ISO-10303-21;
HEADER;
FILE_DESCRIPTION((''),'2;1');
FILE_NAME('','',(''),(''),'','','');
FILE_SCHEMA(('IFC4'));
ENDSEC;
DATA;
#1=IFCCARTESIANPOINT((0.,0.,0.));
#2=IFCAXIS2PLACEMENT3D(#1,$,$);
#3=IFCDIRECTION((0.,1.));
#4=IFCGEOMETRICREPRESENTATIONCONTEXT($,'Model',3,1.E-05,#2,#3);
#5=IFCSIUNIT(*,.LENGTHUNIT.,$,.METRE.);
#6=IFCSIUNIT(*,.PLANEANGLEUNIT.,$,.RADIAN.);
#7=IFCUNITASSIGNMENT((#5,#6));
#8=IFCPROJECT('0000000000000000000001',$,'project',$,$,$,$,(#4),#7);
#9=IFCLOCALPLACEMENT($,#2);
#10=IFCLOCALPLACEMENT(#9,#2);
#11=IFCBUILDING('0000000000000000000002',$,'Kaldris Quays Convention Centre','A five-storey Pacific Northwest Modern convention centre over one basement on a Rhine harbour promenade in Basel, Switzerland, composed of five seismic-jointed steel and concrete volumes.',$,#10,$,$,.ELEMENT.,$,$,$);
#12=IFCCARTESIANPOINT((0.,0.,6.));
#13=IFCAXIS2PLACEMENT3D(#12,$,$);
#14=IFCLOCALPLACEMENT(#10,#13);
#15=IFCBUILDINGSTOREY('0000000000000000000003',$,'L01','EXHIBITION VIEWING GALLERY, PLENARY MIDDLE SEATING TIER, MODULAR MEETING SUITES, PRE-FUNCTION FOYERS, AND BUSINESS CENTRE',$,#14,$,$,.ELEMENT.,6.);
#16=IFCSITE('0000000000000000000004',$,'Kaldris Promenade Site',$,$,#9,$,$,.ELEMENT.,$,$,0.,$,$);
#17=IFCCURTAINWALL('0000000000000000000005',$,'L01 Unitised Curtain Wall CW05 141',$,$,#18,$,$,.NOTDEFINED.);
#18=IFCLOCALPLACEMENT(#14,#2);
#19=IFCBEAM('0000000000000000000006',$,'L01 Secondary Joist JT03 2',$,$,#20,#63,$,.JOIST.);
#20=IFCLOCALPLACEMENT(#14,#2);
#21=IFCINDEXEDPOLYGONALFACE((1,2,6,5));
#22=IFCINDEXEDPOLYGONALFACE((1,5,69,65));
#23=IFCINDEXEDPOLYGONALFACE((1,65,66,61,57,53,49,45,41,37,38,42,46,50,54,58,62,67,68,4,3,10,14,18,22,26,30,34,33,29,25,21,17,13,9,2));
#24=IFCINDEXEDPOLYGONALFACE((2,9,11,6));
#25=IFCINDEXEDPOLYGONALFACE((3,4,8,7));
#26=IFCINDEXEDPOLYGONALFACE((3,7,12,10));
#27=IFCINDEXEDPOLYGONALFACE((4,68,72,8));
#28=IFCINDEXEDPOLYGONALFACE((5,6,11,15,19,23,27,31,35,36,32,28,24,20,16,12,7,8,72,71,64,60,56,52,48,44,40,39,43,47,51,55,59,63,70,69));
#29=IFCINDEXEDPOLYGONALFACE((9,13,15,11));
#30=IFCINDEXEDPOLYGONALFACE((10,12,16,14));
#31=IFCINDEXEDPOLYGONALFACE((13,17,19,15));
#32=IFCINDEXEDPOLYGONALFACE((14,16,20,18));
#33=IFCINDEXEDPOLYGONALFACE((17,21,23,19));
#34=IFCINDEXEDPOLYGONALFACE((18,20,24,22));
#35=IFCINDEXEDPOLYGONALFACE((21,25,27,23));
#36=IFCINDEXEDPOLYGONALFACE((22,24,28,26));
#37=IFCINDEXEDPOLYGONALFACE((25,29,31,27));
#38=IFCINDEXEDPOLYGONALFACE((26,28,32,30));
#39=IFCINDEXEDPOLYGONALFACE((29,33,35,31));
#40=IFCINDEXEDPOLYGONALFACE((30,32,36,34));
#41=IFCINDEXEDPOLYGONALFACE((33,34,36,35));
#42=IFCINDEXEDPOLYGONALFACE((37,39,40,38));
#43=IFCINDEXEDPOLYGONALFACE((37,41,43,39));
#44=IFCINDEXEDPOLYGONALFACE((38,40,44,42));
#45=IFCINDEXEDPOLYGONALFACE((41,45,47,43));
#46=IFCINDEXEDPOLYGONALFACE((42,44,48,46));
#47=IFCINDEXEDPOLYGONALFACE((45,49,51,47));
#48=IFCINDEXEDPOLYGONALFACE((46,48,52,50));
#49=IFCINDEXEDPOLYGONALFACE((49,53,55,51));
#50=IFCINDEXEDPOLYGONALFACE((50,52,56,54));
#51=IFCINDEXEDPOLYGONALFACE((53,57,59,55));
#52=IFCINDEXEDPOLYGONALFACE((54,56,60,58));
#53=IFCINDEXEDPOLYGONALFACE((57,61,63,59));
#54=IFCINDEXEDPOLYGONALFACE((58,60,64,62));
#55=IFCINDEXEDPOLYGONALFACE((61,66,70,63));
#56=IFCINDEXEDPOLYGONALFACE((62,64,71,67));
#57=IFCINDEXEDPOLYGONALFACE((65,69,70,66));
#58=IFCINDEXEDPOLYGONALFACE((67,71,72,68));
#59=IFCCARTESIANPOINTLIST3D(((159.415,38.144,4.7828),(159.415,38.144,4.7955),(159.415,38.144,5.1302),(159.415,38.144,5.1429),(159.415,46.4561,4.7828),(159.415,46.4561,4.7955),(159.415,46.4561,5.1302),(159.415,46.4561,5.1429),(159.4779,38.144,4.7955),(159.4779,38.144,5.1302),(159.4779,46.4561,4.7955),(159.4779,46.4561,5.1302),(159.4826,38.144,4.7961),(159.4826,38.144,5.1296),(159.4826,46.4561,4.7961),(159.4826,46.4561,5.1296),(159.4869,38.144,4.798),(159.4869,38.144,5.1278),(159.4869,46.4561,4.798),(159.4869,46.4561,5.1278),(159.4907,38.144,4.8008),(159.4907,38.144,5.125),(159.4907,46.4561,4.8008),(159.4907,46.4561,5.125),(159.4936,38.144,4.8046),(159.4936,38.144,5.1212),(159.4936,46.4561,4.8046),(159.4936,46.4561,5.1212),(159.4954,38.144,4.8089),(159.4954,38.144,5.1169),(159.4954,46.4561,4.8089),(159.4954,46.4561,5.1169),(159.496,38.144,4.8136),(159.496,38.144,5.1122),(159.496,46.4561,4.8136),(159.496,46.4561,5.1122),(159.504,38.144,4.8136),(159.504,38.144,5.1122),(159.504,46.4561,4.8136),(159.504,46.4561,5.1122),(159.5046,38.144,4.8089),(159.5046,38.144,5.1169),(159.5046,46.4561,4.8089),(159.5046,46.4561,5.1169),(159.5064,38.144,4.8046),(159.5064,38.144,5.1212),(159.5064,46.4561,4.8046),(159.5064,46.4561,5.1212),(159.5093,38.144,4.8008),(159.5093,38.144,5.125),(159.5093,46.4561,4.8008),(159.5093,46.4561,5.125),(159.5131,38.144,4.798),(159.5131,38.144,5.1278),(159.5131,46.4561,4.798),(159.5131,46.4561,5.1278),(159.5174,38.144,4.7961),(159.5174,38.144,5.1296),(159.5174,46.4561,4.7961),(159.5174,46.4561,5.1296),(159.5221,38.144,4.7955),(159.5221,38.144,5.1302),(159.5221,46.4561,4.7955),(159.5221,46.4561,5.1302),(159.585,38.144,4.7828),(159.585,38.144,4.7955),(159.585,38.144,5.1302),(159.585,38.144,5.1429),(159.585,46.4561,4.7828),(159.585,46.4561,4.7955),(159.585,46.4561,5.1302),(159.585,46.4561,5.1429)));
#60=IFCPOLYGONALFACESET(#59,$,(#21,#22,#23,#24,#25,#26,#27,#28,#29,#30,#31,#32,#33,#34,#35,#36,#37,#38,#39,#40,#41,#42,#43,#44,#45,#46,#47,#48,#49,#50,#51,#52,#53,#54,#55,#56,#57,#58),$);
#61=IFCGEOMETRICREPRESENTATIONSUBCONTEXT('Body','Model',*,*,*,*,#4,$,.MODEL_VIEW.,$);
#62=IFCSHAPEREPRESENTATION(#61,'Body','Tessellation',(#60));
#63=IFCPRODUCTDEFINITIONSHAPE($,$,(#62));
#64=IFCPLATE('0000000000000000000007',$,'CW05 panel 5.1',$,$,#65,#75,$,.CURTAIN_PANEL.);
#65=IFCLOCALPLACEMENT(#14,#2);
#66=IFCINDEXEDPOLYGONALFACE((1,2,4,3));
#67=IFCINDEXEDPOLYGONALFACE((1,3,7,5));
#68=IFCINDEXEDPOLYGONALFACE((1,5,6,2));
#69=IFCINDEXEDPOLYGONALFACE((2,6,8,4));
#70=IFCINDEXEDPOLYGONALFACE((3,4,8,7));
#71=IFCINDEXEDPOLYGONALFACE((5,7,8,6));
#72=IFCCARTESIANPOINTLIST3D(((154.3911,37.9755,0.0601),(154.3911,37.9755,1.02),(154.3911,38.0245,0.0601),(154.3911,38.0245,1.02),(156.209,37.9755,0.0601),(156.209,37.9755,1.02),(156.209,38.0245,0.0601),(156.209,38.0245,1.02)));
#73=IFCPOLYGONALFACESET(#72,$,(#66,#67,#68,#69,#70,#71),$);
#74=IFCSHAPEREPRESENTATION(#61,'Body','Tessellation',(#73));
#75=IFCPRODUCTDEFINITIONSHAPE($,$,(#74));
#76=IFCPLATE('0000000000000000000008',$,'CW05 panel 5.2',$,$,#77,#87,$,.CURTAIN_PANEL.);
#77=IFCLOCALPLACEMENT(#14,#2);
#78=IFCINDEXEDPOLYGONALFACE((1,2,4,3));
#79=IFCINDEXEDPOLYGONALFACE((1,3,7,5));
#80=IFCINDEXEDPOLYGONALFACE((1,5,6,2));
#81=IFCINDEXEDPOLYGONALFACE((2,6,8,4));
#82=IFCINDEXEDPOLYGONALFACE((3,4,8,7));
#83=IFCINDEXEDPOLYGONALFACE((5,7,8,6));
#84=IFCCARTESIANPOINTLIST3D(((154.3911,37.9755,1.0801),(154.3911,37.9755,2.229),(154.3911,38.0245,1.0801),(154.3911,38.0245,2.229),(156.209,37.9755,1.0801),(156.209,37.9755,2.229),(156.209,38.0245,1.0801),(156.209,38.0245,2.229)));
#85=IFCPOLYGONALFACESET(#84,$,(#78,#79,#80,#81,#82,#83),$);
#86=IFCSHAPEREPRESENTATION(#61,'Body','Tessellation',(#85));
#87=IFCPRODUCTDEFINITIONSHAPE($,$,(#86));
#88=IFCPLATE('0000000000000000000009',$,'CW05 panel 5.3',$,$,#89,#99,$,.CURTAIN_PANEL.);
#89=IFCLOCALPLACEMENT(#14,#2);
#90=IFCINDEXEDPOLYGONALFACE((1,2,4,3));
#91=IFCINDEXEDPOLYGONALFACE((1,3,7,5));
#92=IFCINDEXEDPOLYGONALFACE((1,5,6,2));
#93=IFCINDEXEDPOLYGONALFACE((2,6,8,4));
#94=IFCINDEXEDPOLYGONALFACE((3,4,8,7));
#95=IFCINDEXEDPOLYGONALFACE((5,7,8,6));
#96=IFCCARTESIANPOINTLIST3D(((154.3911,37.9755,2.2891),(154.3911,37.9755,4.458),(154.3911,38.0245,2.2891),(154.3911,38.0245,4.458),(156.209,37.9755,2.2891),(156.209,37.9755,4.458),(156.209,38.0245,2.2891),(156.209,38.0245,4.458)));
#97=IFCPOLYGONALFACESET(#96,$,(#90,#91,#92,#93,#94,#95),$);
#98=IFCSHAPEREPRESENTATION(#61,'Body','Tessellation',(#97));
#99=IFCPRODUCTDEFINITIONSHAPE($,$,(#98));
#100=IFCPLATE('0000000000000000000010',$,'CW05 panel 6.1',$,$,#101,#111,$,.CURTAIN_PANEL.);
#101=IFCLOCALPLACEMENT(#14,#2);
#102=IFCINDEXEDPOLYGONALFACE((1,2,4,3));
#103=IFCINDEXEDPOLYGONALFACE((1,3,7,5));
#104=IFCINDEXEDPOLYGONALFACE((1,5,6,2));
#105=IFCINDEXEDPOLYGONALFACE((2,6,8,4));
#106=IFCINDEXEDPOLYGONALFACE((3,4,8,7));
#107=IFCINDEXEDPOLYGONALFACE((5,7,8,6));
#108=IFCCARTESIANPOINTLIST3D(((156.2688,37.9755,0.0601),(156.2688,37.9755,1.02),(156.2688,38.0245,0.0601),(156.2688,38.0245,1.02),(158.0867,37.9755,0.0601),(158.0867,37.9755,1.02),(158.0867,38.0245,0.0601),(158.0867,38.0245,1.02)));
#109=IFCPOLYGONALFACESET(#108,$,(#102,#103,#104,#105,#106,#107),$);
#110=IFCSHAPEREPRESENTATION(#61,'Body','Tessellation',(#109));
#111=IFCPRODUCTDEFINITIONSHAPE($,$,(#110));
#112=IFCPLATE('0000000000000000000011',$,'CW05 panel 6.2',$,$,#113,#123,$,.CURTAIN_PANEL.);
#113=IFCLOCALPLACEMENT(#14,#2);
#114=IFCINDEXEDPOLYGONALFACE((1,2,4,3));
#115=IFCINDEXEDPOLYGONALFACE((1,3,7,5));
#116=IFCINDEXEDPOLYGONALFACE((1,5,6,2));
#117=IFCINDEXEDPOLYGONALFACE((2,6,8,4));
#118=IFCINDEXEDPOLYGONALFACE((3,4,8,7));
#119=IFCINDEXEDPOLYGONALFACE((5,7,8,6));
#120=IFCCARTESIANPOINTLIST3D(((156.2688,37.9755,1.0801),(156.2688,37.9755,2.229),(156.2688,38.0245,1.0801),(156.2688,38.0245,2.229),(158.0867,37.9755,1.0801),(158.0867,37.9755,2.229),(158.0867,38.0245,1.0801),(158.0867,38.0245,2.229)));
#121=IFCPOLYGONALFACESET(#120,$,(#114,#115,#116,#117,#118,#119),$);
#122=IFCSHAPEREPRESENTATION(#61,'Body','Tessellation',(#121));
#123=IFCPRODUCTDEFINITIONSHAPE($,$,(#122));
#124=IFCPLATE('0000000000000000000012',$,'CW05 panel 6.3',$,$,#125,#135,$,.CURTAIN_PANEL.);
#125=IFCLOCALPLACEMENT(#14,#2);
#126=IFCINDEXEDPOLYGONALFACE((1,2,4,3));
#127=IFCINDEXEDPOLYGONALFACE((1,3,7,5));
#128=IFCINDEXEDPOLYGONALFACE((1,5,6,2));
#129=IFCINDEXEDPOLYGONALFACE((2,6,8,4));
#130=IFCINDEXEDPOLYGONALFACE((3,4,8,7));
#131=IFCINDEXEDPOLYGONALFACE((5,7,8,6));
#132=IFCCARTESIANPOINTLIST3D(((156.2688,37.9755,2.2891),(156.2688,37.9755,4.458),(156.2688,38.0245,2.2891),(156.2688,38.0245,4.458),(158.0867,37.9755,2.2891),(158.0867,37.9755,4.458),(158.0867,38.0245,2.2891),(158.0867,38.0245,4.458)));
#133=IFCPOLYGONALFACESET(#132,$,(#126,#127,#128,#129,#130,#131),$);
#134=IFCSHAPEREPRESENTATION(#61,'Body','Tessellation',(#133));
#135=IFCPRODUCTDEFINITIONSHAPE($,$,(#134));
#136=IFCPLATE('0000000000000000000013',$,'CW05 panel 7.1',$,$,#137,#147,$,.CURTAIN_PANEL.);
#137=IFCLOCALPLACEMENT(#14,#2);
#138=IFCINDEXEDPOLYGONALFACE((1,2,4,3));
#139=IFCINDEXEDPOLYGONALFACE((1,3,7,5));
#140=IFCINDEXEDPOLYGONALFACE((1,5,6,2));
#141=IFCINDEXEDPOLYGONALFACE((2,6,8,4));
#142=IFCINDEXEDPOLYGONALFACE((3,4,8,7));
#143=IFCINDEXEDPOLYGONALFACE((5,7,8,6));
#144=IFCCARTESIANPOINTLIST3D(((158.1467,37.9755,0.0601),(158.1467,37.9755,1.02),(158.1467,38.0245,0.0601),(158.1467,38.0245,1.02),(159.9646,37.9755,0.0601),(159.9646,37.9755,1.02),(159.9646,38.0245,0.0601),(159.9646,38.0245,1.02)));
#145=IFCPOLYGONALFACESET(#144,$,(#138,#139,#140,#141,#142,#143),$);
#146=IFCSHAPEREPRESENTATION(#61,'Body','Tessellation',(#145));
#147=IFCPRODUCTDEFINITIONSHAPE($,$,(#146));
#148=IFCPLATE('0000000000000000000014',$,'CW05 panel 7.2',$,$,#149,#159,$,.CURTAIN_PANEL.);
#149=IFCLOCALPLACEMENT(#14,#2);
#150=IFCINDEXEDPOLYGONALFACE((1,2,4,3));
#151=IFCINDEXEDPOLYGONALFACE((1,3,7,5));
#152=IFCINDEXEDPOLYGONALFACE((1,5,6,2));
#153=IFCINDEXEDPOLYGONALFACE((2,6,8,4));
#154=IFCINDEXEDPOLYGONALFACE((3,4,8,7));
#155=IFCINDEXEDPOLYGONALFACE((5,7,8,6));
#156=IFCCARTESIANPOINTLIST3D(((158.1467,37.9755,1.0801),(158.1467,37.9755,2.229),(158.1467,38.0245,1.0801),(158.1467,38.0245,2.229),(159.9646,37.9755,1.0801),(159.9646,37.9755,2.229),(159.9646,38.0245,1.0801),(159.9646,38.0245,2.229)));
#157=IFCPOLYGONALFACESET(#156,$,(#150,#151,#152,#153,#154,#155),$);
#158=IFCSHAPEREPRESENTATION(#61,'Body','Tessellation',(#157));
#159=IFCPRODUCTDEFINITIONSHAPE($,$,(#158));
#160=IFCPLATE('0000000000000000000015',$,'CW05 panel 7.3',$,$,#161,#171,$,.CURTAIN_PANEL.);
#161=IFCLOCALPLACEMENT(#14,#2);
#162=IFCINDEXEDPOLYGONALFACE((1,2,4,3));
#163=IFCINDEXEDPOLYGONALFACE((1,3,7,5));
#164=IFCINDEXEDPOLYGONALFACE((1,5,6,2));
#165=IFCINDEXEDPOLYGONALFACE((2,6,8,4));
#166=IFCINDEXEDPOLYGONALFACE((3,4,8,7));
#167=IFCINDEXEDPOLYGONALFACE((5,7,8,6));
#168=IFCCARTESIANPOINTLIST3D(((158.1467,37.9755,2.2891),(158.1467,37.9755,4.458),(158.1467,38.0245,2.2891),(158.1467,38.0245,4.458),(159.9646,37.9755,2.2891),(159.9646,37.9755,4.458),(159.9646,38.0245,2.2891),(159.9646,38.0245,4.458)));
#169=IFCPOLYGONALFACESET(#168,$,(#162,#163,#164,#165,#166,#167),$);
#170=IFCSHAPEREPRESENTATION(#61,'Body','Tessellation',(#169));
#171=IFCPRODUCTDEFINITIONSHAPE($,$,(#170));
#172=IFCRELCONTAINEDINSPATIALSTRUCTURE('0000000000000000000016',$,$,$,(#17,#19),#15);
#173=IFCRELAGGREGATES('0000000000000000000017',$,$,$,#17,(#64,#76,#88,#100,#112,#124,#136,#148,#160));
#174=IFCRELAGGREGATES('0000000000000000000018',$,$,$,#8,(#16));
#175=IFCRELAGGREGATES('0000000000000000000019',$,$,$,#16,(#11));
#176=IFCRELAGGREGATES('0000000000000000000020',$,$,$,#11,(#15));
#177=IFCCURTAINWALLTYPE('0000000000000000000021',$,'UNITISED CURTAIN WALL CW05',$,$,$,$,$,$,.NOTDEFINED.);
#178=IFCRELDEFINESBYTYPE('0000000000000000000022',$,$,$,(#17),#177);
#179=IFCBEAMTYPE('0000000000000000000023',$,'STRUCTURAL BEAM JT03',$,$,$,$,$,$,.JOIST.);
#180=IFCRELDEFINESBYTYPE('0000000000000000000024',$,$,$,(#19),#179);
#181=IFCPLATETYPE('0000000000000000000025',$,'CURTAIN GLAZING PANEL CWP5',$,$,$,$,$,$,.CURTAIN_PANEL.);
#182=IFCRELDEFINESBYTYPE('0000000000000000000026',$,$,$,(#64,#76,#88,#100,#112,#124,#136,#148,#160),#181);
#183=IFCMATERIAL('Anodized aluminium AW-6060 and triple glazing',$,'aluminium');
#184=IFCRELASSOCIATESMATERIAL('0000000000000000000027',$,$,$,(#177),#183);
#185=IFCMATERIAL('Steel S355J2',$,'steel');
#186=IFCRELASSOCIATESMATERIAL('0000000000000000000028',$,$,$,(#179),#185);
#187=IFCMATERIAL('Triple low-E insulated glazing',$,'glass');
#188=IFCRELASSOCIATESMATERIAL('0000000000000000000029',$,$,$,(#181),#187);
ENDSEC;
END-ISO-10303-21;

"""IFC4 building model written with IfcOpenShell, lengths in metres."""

from ifc_helpers import new_model, si_unit, direction, frame, origin, origin_2d, place, context, subcontext, project, spatial, rectangle, i_section, extrude, material, material_profile, profile_set, type_object, element, aggregate, save


model = new_model("IFC4")

# Units and contexts
model_context = context("Model", 3, precision=1e-05, world=origin(), true_north=direction((0.0, 1.0)))
body_context = subcontext(model_context, "Body", "Model", "MODEL_VIEW")
ifc_project = project(units=[si_unit("LENGTHUNIT", "METRE"), si_unit("PLANEANGLEUNIT", "RADIAN")], contexts=[model_context])

# Site, building, storey
site_placement = place(None, origin())
site = spatial("IfcSite", under=ifc_project, at=site_placement, Name="Kaldris Promenade Site", CompositionType="ELEMENT", RefElevation=0.0)
building_placement = place(site_placement, origin())
building = spatial("IfcBuilding", under=site, at=building_placement, Name="Kaldris Quays Convention Centre", Description="A five-storey Pacific Northwest Modern convention centre over one basement on a Rhine harbour promenade in Basel, Switzerland, composed of five seismic-jointed steel and concrete volumes.", CompositionType="ELEMENT")
storey_placement = place(building_placement, frame((0.0, 0.0, 6.0)))
storey = spatial("IfcBuildingStorey", under=building, at=storey_placement, Name="L01", Description="EXHIBITION VIEWING GALLERY, PLENARY MIDDLE SEATING TIER, MODULAR MEETING SUITES, PRE-FUNCTION FOYERS, AND BUSINESS CENTRE", CompositionType="ELEMENT", Elevation=6.0)

# Shared definitions
ifc_material_1 = material(Name="Steel S355J2", Category="steel")

# Curtain wall
ifc_material_2 = material(Name="Anodized aluminium AW-6060 and triple glazing", Category="aluminium")
curtain_wall_type = type_object("IfcCurtainWallType", Name="UNITISED CURTAIN WALL CW05", PredefinedType="NOTDEFINED", material=ifc_material_2)
curtain_wall_placement = place(storey_placement, origin())
curtain_wall = element("IfcCurtainWall", 1, at=curtain_wall_placement, inside=storey, type_object=curtain_wall_type, Name="L01 Unitised Curtain Wall CW05 141", PredefinedType="NOTDEFINED")

# Beam
ifc_material_profile_1 = material_profile(ifc_material_1, i_section(OverallWidth=0.1699, OverallDepth=0.3601, WebThickness=0.0081, FlangeThickness=0.0127, FilletRadius=0.0181, at=origin_2d()), Name="IPE 360")
ifc_profile_set_1 = profile_set([ifc_material_profile_1], Name="Steel S355J2")
beam_type_1 = type_object("IfcBeamType", Name="STRUCTURAL BEAM JT03", PredefinedType="JOIST", material=ifc_profile_set_1)
beam_1_placement = place(storey_placement, frame((159.5, 38.144, 4.9629), z_axis=(0.0, 1.0, 0.0), x_axis=(-1.0, 0.0, 0.0)))
element("IfcBeam", 2, at=beam_1_placement, inside=storey, type_object=beam_type_1, Name="L01 Secondary Joist JT03 2", PredefinedType="JOIST", context=body_context, shape_type="SweptSolid", body=[
    extrude(i_section(OverallWidth=0.1699, OverallDepth=0.3601, WebThickness=0.0081, FlangeThickness=0.0127, FilletRadius=0.0181, at=origin_2d()), origin(), (0.0, 0.0, 1.0), 8.312),
])

# Plates
ifc_material_3 = material(Name="Triple low-E insulated glazing", Category="glass")
plate_type = type_object("IfcPlateType", Name="CURTAIN GLAZING PANEL CWP5", PredefinedType="CURTAIN_PANEL", material=ifc_material_3)
plate_1_placement = place(storey_placement, frame((155.3, 38.0, 0.0601), z_axis=(0.0, 0.0, 1.0), x_axis=(1.0, 0.0, 0.0)))
plate_1 = element("IfcPlate", 3, at=plate_1_placement, type_object=plate_type, Name="CW05 panel 5.1", PredefinedType="CURTAIN_PANEL", context=body_context, shape_type="SweptSolid", body=[
    extrude(rectangle(XDim=1.8179, YDim=0.0491, at=origin_2d()), origin(), (0.0, 0.0, 1.0), 0.96),
])
plate_2_placement = place(storey_placement, frame((155.3, 38.0, 1.0801), z_axis=(0.0, 0.0, 1.0), x_axis=(1.0, 0.0, 0.0)))
plate_2 = element("IfcPlate", 4, at=plate_2_placement, type_object=plate_type, Name="CW05 panel 5.2", PredefinedType="CURTAIN_PANEL", context=body_context, shape_type="SweptSolid", body=[
    extrude(rectangle(XDim=1.8179, YDim=0.0491, at=origin_2d()), origin(), (0.0, 0.0, 1.0), 1.1489),
])
plate_3_placement = place(storey_placement, frame((155.3, 38.0, 2.2891), z_axis=(0.0, 0.0, 1.0), x_axis=(1.0, 0.0, 0.0)))
plate_3 = element("IfcPlate", 5, at=plate_3_placement, type_object=plate_type, Name="CW05 panel 5.3", PredefinedType="CURTAIN_PANEL", context=body_context, shape_type="SweptSolid", body=[
    extrude(rectangle(XDim=1.8179, YDim=0.0491, at=origin_2d()), origin(), (0.0, 0.0, 1.0), 2.1689),
])
plate_4_placement = place(storey_placement, frame((157.1777, 38.0, 0.0601), z_axis=(0.0, 0.0, 1.0), x_axis=(1.0, 0.0, 0.0)))
plate_4 = element("IfcPlate", 6, at=plate_4_placement, type_object=plate_type, Name="CW05 panel 6.1", PredefinedType="CURTAIN_PANEL", context=body_context, shape_type="SweptSolid", body=[
    extrude(rectangle(XDim=1.8179, YDim=0.0491, at=origin_2d()), origin(), (0.0, 0.0, 1.0), 0.96),
])
plate_5_placement = place(storey_placement, frame((157.1777, 38.0, 1.0801), z_axis=(0.0, 0.0, 1.0), x_axis=(1.0, 0.0, 0.0)))
plate_5 = element("IfcPlate", 7, at=plate_5_placement, type_object=plate_type, Name="CW05 panel 6.2", PredefinedType="CURTAIN_PANEL", context=body_context, shape_type="SweptSolid", body=[
    extrude(rectangle(XDim=1.8179, YDim=0.0491, at=origin_2d()), origin(), (0.0, 0.0, 1.0), 1.1489),
])
plate_6_placement = place(storey_placement, frame((157.1777, 38.0, 2.2891), z_axis=(0.0, 0.0, 1.0), x_axis=(1.0, 0.0, 0.0)))
plate_6 = element("IfcPlate", 8, at=plate_6_placement, type_object=plate_type, Name="CW05 panel 6.3", PredefinedType="CURTAIN_PANEL", context=body_context, shape_type="SweptSolid", body=[
    extrude(rectangle(XDim=1.8179, YDim=0.0491, at=origin_2d()), origin(), (0.0, 0.0, 1.0), 2.1689),
])
plate_7_placement = place(storey_placement, frame((159.0557, 38.0, 0.0601), z_axis=(0.0, 0.0, 1.0), x_axis=(1.0, 0.0, 0.0)))
plate_7 = element("IfcPlate", 9, at=plate_7_placement, type_object=plate_type, Name="CW05 panel 7.1", PredefinedType="CURTAIN_PANEL", context=body_context, shape_type="SweptSolid", body=[
    extrude(rectangle(XDim=1.8179, YDim=0.0491, at=origin_2d()), origin(), (0.0, 0.0, 1.0), 0.96),
])
plate_8_placement = place(storey_placement, frame((159.0557, 38.0, 1.0801), z_axis=(0.0, 0.0, 1.0), x_axis=(1.0, 0.0, 0.0)))
plate_8 = element("IfcPlate", 10, at=plate_8_placement, type_object=plate_type, Name="CW05 panel 7.2", PredefinedType="CURTAIN_PANEL", context=body_context, shape_type="SweptSolid", body=[
    extrude(rectangle(XDim=1.8179, YDim=0.0491, at=origin_2d()), origin(), (0.0, 0.0, 1.0), 1.1489),
])
plate_9_placement = place(storey_placement, frame((159.0557, 38.0, 2.2891), z_axis=(0.0, 0.0, 1.0), x_axis=(1.0, 0.0, 0.0)))
plate_9 = element("IfcPlate", 11, at=plate_9_placement, type_object=plate_type, Name="CW05 panel 7.3", PredefinedType="CURTAIN_PANEL", context=body_context, shape_type="SweptSolid", body=[
    extrude(rectangle(XDim=1.8179, YDim=0.0491, at=origin_2d()), origin(), (0.0, 0.0, 1.0), 2.1689),
])
aggregate(curtain_wall, [plate_1, plate_2, plate_3, plate_4, plate_5, plate_6, plate_7, plate_8, plate_9])

save(model, "model.ifc")
